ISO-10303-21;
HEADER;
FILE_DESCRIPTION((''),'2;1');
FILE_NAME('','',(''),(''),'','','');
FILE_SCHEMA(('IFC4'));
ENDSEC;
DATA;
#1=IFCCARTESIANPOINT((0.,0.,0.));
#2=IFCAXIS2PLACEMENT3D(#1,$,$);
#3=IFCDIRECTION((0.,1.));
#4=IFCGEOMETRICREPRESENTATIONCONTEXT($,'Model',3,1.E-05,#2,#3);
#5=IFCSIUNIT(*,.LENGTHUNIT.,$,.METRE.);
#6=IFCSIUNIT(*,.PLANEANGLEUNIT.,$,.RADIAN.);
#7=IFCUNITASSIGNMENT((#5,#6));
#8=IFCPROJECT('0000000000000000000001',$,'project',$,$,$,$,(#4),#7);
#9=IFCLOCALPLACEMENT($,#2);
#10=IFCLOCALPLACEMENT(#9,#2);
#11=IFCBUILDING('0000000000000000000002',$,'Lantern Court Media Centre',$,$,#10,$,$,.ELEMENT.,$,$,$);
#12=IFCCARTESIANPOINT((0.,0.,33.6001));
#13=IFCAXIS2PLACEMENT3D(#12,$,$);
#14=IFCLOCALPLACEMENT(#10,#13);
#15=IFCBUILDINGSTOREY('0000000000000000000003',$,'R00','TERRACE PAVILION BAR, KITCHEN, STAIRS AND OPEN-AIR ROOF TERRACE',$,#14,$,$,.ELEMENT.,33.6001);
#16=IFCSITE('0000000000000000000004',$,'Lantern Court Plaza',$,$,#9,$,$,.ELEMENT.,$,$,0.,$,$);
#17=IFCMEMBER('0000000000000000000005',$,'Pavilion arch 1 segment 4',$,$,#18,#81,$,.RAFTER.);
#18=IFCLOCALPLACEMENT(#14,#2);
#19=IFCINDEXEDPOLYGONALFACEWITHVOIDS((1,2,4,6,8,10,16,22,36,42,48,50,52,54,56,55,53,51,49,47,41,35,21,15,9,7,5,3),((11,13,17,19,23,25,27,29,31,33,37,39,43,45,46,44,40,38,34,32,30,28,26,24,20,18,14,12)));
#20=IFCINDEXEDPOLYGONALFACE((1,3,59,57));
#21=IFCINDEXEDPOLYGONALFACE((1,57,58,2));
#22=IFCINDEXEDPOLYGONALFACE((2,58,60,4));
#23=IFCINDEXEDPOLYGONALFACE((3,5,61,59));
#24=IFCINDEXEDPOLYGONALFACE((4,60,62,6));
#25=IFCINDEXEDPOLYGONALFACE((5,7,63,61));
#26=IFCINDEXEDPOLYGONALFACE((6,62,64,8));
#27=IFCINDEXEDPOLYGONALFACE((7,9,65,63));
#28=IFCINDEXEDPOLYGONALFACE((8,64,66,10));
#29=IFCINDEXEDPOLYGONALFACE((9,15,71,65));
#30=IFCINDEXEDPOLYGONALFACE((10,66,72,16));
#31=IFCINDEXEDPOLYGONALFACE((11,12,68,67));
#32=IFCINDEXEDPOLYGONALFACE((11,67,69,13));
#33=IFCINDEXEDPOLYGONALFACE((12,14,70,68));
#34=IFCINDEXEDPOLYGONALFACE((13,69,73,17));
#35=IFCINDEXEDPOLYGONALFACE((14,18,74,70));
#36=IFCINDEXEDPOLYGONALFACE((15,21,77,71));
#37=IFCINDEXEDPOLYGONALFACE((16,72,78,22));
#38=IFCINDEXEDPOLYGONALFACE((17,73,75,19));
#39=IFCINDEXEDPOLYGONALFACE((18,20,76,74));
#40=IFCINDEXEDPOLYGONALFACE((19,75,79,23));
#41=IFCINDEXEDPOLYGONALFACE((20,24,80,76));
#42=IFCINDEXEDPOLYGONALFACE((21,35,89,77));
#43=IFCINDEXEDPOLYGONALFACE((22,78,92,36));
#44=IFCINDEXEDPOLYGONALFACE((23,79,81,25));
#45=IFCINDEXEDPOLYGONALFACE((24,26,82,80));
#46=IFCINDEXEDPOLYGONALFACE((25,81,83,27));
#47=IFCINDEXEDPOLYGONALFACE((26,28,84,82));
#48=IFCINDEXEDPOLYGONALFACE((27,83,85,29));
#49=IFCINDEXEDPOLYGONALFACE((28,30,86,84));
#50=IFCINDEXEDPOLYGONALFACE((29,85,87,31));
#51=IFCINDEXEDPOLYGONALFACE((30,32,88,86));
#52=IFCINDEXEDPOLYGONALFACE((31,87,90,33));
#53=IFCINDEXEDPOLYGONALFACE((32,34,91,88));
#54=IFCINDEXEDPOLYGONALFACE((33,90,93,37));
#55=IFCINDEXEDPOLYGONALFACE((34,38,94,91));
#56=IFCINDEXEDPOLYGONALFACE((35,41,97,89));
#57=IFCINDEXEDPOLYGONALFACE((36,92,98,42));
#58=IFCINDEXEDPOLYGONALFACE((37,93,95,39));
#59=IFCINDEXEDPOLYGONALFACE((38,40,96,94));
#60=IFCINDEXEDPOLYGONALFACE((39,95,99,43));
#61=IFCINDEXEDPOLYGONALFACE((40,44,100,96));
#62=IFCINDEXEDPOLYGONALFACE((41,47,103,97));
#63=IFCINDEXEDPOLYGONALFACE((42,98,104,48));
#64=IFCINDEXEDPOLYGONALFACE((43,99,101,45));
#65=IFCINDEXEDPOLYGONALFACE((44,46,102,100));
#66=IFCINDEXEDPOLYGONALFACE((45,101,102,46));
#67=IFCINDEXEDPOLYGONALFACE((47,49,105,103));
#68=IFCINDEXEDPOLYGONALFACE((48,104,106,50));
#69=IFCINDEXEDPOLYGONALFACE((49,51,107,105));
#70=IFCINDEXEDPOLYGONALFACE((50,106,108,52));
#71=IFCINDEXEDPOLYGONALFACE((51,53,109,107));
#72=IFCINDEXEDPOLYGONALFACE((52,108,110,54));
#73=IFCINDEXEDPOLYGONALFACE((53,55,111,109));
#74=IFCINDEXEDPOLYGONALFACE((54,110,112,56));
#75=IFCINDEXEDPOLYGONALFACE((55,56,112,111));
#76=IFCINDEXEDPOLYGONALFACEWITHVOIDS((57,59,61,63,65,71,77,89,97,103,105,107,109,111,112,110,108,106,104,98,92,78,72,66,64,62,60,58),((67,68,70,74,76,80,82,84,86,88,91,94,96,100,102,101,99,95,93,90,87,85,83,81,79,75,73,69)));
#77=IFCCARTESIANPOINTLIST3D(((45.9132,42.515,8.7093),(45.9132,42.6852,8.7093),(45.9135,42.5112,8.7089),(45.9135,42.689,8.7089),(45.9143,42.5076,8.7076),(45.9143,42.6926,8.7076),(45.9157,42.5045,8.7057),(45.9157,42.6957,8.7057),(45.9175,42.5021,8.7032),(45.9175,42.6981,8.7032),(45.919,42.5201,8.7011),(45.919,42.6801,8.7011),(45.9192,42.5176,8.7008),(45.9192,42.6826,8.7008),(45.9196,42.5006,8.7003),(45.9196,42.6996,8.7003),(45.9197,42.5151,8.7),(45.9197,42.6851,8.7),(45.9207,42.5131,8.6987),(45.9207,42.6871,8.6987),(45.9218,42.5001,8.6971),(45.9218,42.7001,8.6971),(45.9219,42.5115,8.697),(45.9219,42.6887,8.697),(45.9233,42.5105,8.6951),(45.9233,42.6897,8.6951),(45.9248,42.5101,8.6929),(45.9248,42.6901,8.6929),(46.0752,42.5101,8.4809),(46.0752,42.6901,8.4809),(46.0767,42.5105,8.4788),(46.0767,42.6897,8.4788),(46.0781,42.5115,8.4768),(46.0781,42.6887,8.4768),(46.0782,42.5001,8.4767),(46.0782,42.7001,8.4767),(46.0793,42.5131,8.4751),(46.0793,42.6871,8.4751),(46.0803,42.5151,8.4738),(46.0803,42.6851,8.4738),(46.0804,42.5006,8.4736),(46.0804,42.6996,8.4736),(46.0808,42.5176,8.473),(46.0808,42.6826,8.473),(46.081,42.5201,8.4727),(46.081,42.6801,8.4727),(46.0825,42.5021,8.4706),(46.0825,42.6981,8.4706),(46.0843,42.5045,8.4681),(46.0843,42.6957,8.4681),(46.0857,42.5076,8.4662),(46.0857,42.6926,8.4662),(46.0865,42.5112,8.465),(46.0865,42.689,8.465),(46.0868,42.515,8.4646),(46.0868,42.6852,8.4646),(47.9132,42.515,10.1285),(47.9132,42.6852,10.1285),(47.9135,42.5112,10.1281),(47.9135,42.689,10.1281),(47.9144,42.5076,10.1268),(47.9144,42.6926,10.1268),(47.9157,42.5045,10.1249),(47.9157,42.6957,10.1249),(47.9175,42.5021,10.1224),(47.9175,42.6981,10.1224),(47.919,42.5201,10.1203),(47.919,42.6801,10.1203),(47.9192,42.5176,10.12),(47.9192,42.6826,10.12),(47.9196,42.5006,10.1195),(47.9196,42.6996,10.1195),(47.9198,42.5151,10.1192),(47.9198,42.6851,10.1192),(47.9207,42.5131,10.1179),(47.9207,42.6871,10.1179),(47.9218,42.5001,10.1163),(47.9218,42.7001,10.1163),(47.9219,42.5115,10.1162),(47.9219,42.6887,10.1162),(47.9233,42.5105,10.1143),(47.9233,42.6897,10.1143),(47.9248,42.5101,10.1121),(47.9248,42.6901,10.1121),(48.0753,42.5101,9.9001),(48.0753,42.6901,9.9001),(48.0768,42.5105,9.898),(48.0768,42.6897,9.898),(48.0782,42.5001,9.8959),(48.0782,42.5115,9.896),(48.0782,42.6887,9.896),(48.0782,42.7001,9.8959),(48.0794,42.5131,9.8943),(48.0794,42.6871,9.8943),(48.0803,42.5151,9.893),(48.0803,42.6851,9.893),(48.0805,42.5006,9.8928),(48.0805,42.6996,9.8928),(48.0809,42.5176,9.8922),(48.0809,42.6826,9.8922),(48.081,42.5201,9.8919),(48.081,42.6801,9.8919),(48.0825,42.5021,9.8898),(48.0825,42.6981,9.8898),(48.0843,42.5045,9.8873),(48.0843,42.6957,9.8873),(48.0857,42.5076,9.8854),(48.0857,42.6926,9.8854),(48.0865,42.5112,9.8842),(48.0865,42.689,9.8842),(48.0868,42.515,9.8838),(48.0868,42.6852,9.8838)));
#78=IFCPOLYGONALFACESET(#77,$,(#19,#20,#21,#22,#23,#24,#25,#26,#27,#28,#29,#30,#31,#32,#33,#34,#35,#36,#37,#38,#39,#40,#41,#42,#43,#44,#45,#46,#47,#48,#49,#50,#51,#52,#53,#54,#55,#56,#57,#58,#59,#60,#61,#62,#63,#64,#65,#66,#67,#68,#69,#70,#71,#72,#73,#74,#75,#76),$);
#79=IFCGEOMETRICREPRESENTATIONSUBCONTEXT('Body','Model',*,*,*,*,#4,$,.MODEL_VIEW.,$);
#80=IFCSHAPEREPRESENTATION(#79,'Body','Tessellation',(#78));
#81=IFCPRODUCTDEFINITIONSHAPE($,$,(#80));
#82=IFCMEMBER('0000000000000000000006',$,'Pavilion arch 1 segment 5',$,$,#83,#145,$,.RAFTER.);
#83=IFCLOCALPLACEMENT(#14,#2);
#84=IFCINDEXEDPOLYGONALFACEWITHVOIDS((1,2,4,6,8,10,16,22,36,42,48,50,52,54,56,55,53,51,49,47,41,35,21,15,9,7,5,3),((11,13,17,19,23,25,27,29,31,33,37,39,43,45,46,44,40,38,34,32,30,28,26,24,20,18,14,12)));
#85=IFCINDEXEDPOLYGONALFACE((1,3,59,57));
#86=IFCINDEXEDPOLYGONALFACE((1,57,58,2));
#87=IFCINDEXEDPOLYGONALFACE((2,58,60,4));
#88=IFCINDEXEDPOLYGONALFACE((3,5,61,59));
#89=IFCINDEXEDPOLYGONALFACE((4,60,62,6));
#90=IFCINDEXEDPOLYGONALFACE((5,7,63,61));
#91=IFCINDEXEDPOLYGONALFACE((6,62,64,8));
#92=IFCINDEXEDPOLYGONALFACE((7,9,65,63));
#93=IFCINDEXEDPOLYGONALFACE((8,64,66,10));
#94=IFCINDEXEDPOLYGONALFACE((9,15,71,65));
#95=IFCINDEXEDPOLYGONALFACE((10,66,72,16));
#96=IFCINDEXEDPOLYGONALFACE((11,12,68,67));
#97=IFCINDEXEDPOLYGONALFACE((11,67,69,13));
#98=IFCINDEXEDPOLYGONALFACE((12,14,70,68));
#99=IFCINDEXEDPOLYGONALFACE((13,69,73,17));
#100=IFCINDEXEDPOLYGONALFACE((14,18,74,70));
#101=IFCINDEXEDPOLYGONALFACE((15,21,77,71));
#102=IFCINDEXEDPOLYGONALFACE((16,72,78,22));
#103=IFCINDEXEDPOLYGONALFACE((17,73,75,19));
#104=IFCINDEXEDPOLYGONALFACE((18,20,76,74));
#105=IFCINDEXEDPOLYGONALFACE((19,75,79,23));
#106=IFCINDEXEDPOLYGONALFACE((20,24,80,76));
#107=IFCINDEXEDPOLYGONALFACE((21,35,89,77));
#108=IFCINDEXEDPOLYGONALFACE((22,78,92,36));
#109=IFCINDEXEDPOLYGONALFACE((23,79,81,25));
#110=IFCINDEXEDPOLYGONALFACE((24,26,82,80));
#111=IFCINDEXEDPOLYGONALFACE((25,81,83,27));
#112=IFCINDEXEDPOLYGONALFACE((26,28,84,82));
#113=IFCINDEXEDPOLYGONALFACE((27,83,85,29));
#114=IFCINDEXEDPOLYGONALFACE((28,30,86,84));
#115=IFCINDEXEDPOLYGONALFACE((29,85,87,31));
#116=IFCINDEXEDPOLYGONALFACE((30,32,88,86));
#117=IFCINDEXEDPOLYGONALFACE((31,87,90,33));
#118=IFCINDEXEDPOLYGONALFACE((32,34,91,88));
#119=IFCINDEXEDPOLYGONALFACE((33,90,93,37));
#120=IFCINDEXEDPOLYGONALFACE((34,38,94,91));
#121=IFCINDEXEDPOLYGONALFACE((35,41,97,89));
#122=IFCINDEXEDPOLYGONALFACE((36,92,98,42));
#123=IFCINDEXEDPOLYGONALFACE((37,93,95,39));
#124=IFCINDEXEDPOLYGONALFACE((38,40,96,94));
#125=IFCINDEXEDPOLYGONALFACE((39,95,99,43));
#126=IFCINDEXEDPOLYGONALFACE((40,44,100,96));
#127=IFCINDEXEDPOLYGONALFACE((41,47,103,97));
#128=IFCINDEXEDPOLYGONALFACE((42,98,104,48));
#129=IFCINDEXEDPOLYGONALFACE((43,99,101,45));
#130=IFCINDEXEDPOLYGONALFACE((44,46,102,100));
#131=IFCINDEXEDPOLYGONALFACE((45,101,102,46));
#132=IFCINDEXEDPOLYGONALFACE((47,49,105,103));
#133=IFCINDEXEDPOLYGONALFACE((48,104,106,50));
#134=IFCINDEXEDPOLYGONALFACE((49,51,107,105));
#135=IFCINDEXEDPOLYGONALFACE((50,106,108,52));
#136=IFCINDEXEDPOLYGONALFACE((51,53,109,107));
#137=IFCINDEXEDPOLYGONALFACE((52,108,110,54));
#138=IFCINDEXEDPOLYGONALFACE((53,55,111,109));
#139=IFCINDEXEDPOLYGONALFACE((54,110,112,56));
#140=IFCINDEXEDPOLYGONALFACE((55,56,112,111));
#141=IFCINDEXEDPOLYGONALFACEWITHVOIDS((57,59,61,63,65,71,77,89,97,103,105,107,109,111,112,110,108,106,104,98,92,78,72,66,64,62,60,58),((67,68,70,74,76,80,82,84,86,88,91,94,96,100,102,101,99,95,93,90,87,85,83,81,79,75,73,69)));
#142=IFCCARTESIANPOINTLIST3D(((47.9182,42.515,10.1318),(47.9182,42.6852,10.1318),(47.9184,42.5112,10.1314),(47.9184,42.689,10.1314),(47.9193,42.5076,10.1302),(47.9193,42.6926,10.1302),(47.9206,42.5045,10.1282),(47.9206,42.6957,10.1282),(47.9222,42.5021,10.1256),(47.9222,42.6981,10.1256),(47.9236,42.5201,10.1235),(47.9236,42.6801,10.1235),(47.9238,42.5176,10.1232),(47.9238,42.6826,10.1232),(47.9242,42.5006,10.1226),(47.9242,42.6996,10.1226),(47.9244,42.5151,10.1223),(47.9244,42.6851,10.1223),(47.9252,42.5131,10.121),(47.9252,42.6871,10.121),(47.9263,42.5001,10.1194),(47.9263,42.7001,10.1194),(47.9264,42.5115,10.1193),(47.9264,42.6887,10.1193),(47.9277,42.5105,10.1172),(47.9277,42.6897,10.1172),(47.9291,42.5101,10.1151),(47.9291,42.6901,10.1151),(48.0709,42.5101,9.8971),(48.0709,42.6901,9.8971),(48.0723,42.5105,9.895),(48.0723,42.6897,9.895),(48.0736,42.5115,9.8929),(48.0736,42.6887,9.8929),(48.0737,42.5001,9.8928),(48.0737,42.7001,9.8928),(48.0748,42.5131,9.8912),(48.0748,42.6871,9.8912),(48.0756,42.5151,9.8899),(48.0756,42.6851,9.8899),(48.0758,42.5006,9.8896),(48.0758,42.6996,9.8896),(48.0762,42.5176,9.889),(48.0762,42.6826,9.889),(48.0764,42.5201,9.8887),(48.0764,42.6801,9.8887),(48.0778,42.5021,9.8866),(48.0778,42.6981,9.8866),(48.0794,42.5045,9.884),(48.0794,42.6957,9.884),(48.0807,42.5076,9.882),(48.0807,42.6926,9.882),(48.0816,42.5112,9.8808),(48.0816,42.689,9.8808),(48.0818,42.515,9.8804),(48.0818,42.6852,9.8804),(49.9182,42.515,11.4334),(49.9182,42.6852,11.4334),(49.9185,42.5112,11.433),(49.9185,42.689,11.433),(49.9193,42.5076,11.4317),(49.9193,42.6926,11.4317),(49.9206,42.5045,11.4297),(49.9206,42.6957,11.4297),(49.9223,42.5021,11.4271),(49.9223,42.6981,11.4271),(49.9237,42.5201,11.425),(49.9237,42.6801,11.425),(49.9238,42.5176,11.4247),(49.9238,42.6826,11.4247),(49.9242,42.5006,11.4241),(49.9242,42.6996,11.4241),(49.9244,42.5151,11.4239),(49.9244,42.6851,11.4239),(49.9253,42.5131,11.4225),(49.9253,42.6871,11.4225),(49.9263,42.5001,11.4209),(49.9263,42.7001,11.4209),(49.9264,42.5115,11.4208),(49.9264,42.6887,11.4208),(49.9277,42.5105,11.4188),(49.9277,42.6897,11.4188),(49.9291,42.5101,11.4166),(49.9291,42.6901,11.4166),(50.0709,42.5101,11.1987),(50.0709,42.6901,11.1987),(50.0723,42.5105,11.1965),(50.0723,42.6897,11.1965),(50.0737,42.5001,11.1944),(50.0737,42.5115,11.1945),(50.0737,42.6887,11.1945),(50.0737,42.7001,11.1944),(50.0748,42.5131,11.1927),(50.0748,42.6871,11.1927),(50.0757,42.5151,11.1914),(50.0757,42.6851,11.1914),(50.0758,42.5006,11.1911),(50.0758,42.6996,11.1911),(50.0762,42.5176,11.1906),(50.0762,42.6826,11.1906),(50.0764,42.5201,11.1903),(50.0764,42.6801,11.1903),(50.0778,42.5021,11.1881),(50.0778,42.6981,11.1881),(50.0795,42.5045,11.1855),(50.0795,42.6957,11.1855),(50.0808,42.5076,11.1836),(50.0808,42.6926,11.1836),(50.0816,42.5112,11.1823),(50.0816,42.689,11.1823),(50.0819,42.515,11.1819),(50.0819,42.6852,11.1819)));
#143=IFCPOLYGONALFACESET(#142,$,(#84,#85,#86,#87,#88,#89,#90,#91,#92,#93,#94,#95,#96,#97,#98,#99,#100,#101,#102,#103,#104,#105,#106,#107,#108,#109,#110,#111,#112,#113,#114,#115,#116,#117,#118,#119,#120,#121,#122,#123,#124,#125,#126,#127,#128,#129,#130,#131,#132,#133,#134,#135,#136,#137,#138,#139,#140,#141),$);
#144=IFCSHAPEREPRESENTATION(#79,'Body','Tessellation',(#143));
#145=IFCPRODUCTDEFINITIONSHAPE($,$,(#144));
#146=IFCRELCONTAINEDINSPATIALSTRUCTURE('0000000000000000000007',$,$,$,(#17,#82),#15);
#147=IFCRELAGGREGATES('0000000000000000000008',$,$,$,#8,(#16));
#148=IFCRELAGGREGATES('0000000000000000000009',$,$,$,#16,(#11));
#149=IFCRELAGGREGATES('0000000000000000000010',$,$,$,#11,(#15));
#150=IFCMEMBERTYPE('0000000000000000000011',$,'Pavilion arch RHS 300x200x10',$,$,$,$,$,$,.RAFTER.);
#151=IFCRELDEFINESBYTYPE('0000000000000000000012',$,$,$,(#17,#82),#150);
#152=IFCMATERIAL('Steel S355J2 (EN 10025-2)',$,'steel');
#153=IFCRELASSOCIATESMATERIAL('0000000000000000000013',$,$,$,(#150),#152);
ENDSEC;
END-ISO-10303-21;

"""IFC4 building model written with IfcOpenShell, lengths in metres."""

from ifc_helpers import new_model, si_unit, direction, frame, origin, origin_2d, place, context, subcontext, project, spatial, hollow_rectangle, extrude, material, material_profile, profile_set, type_object, element, save


model = new_model("IFC4")

# Units and contexts
model_context = context("Model", 3, precision=1e-05, world=origin(), true_north=direction((0.0, 1.0)))
body_context = subcontext(model_context, "Body", "Model", "MODEL_VIEW")
ifc_project = project(units=[si_unit("LENGTHUNIT", "METRE"), si_unit("PLANEANGLEUNIT", "RADIAN")], contexts=[model_context])

# Site, building, storey
site_placement = place(None, origin())
site = spatial("IfcSite", under=ifc_project, at=site_placement, Name="Lantern Court Plaza", CompositionType="ELEMENT", RefElevation=0.0)
building_placement = place(site_placement, origin())
building = spatial("IfcBuilding", under=site, at=building_placement, Name="Lantern Court Media Centre", CompositionType="ELEMENT")
storey_placement = place(building_placement, frame((0.0, 0.0, 33.6001)))
storey = spatial("IfcBuildingStorey", under=building, at=storey_placement, Name="R00", Description="TERRACE PAVILION BAR, KITCHEN, STAIRS AND OPEN-AIR ROOF TERRACE", CompositionType="ELEMENT", Elevation=33.6001)

# Members
ifc_material_1 = material(Name="Steel S355J2 (EN 10025-2)", Category="steel")
ifc_material_profile_1 = material_profile(ifc_material_1, hollow_rectangle(XDim=0.2, YDim=0.3, WallThickness=0.01, InnerFilletRadius=0.01, OuterFilletRadius=0.0149, at=origin_2d()), Name="Pavilion arch RHS 300x200x10")
ifc_profile_set_1 = profile_set([ifc_material_profile_1], Name="Steel S355J2 (EN 10025-2)")
member_type_1 = type_object("IfcMemberType", Name="Pavilion arch RHS 300x200x10", PredefinedType="RAFTER", material=ifc_profile_set_1)
member_1_placement = place(storey_placement, frame((46.0, 42.6001, 8.5869), z_axis=(0.815539, 0.0, 0.578702), x_axis=(0.0, 1.0, 0.0)))
element("IfcMember", 1, at=member_1_placement, inside=storey, type_object=member_type_1, Name="Pavilion arch 1 segment 4", PredefinedType="RAFTER", context=body_context, shape_type="SweptSolid", body=[
    extrude(hollow_rectangle(XDim=0.2, YDim=0.3, WallThickness=0.01, InnerFilletRadius=0.01, OuterFilletRadius=0.0149, at=origin_2d()), origin(), (0.0, 0.0, 1.0), 2.4524),
])
member_2_placement = place(storey_placement, frame((48.0, 42.6001, 10.0061), z_axis=(0.838154, 0.0, 0.545434), x_axis=(0.0, 1.0, 0.0)))
element("IfcMember", 2, at=member_2_placement, inside=storey, type_object=member_type_1, Name="Pavilion arch 1 segment 5", PredefinedType="RAFTER", context=body_context, shape_type="SweptSolid", body=[
    extrude(hollow_rectangle(XDim=0.2, YDim=0.3, WallThickness=0.01, InnerFilletRadius=0.01, OuterFilletRadius=0.0149, at=origin_2d()), origin(), (0.0, 0.0, 1.0), 2.3862),
])

save(model, "model.ifc")
